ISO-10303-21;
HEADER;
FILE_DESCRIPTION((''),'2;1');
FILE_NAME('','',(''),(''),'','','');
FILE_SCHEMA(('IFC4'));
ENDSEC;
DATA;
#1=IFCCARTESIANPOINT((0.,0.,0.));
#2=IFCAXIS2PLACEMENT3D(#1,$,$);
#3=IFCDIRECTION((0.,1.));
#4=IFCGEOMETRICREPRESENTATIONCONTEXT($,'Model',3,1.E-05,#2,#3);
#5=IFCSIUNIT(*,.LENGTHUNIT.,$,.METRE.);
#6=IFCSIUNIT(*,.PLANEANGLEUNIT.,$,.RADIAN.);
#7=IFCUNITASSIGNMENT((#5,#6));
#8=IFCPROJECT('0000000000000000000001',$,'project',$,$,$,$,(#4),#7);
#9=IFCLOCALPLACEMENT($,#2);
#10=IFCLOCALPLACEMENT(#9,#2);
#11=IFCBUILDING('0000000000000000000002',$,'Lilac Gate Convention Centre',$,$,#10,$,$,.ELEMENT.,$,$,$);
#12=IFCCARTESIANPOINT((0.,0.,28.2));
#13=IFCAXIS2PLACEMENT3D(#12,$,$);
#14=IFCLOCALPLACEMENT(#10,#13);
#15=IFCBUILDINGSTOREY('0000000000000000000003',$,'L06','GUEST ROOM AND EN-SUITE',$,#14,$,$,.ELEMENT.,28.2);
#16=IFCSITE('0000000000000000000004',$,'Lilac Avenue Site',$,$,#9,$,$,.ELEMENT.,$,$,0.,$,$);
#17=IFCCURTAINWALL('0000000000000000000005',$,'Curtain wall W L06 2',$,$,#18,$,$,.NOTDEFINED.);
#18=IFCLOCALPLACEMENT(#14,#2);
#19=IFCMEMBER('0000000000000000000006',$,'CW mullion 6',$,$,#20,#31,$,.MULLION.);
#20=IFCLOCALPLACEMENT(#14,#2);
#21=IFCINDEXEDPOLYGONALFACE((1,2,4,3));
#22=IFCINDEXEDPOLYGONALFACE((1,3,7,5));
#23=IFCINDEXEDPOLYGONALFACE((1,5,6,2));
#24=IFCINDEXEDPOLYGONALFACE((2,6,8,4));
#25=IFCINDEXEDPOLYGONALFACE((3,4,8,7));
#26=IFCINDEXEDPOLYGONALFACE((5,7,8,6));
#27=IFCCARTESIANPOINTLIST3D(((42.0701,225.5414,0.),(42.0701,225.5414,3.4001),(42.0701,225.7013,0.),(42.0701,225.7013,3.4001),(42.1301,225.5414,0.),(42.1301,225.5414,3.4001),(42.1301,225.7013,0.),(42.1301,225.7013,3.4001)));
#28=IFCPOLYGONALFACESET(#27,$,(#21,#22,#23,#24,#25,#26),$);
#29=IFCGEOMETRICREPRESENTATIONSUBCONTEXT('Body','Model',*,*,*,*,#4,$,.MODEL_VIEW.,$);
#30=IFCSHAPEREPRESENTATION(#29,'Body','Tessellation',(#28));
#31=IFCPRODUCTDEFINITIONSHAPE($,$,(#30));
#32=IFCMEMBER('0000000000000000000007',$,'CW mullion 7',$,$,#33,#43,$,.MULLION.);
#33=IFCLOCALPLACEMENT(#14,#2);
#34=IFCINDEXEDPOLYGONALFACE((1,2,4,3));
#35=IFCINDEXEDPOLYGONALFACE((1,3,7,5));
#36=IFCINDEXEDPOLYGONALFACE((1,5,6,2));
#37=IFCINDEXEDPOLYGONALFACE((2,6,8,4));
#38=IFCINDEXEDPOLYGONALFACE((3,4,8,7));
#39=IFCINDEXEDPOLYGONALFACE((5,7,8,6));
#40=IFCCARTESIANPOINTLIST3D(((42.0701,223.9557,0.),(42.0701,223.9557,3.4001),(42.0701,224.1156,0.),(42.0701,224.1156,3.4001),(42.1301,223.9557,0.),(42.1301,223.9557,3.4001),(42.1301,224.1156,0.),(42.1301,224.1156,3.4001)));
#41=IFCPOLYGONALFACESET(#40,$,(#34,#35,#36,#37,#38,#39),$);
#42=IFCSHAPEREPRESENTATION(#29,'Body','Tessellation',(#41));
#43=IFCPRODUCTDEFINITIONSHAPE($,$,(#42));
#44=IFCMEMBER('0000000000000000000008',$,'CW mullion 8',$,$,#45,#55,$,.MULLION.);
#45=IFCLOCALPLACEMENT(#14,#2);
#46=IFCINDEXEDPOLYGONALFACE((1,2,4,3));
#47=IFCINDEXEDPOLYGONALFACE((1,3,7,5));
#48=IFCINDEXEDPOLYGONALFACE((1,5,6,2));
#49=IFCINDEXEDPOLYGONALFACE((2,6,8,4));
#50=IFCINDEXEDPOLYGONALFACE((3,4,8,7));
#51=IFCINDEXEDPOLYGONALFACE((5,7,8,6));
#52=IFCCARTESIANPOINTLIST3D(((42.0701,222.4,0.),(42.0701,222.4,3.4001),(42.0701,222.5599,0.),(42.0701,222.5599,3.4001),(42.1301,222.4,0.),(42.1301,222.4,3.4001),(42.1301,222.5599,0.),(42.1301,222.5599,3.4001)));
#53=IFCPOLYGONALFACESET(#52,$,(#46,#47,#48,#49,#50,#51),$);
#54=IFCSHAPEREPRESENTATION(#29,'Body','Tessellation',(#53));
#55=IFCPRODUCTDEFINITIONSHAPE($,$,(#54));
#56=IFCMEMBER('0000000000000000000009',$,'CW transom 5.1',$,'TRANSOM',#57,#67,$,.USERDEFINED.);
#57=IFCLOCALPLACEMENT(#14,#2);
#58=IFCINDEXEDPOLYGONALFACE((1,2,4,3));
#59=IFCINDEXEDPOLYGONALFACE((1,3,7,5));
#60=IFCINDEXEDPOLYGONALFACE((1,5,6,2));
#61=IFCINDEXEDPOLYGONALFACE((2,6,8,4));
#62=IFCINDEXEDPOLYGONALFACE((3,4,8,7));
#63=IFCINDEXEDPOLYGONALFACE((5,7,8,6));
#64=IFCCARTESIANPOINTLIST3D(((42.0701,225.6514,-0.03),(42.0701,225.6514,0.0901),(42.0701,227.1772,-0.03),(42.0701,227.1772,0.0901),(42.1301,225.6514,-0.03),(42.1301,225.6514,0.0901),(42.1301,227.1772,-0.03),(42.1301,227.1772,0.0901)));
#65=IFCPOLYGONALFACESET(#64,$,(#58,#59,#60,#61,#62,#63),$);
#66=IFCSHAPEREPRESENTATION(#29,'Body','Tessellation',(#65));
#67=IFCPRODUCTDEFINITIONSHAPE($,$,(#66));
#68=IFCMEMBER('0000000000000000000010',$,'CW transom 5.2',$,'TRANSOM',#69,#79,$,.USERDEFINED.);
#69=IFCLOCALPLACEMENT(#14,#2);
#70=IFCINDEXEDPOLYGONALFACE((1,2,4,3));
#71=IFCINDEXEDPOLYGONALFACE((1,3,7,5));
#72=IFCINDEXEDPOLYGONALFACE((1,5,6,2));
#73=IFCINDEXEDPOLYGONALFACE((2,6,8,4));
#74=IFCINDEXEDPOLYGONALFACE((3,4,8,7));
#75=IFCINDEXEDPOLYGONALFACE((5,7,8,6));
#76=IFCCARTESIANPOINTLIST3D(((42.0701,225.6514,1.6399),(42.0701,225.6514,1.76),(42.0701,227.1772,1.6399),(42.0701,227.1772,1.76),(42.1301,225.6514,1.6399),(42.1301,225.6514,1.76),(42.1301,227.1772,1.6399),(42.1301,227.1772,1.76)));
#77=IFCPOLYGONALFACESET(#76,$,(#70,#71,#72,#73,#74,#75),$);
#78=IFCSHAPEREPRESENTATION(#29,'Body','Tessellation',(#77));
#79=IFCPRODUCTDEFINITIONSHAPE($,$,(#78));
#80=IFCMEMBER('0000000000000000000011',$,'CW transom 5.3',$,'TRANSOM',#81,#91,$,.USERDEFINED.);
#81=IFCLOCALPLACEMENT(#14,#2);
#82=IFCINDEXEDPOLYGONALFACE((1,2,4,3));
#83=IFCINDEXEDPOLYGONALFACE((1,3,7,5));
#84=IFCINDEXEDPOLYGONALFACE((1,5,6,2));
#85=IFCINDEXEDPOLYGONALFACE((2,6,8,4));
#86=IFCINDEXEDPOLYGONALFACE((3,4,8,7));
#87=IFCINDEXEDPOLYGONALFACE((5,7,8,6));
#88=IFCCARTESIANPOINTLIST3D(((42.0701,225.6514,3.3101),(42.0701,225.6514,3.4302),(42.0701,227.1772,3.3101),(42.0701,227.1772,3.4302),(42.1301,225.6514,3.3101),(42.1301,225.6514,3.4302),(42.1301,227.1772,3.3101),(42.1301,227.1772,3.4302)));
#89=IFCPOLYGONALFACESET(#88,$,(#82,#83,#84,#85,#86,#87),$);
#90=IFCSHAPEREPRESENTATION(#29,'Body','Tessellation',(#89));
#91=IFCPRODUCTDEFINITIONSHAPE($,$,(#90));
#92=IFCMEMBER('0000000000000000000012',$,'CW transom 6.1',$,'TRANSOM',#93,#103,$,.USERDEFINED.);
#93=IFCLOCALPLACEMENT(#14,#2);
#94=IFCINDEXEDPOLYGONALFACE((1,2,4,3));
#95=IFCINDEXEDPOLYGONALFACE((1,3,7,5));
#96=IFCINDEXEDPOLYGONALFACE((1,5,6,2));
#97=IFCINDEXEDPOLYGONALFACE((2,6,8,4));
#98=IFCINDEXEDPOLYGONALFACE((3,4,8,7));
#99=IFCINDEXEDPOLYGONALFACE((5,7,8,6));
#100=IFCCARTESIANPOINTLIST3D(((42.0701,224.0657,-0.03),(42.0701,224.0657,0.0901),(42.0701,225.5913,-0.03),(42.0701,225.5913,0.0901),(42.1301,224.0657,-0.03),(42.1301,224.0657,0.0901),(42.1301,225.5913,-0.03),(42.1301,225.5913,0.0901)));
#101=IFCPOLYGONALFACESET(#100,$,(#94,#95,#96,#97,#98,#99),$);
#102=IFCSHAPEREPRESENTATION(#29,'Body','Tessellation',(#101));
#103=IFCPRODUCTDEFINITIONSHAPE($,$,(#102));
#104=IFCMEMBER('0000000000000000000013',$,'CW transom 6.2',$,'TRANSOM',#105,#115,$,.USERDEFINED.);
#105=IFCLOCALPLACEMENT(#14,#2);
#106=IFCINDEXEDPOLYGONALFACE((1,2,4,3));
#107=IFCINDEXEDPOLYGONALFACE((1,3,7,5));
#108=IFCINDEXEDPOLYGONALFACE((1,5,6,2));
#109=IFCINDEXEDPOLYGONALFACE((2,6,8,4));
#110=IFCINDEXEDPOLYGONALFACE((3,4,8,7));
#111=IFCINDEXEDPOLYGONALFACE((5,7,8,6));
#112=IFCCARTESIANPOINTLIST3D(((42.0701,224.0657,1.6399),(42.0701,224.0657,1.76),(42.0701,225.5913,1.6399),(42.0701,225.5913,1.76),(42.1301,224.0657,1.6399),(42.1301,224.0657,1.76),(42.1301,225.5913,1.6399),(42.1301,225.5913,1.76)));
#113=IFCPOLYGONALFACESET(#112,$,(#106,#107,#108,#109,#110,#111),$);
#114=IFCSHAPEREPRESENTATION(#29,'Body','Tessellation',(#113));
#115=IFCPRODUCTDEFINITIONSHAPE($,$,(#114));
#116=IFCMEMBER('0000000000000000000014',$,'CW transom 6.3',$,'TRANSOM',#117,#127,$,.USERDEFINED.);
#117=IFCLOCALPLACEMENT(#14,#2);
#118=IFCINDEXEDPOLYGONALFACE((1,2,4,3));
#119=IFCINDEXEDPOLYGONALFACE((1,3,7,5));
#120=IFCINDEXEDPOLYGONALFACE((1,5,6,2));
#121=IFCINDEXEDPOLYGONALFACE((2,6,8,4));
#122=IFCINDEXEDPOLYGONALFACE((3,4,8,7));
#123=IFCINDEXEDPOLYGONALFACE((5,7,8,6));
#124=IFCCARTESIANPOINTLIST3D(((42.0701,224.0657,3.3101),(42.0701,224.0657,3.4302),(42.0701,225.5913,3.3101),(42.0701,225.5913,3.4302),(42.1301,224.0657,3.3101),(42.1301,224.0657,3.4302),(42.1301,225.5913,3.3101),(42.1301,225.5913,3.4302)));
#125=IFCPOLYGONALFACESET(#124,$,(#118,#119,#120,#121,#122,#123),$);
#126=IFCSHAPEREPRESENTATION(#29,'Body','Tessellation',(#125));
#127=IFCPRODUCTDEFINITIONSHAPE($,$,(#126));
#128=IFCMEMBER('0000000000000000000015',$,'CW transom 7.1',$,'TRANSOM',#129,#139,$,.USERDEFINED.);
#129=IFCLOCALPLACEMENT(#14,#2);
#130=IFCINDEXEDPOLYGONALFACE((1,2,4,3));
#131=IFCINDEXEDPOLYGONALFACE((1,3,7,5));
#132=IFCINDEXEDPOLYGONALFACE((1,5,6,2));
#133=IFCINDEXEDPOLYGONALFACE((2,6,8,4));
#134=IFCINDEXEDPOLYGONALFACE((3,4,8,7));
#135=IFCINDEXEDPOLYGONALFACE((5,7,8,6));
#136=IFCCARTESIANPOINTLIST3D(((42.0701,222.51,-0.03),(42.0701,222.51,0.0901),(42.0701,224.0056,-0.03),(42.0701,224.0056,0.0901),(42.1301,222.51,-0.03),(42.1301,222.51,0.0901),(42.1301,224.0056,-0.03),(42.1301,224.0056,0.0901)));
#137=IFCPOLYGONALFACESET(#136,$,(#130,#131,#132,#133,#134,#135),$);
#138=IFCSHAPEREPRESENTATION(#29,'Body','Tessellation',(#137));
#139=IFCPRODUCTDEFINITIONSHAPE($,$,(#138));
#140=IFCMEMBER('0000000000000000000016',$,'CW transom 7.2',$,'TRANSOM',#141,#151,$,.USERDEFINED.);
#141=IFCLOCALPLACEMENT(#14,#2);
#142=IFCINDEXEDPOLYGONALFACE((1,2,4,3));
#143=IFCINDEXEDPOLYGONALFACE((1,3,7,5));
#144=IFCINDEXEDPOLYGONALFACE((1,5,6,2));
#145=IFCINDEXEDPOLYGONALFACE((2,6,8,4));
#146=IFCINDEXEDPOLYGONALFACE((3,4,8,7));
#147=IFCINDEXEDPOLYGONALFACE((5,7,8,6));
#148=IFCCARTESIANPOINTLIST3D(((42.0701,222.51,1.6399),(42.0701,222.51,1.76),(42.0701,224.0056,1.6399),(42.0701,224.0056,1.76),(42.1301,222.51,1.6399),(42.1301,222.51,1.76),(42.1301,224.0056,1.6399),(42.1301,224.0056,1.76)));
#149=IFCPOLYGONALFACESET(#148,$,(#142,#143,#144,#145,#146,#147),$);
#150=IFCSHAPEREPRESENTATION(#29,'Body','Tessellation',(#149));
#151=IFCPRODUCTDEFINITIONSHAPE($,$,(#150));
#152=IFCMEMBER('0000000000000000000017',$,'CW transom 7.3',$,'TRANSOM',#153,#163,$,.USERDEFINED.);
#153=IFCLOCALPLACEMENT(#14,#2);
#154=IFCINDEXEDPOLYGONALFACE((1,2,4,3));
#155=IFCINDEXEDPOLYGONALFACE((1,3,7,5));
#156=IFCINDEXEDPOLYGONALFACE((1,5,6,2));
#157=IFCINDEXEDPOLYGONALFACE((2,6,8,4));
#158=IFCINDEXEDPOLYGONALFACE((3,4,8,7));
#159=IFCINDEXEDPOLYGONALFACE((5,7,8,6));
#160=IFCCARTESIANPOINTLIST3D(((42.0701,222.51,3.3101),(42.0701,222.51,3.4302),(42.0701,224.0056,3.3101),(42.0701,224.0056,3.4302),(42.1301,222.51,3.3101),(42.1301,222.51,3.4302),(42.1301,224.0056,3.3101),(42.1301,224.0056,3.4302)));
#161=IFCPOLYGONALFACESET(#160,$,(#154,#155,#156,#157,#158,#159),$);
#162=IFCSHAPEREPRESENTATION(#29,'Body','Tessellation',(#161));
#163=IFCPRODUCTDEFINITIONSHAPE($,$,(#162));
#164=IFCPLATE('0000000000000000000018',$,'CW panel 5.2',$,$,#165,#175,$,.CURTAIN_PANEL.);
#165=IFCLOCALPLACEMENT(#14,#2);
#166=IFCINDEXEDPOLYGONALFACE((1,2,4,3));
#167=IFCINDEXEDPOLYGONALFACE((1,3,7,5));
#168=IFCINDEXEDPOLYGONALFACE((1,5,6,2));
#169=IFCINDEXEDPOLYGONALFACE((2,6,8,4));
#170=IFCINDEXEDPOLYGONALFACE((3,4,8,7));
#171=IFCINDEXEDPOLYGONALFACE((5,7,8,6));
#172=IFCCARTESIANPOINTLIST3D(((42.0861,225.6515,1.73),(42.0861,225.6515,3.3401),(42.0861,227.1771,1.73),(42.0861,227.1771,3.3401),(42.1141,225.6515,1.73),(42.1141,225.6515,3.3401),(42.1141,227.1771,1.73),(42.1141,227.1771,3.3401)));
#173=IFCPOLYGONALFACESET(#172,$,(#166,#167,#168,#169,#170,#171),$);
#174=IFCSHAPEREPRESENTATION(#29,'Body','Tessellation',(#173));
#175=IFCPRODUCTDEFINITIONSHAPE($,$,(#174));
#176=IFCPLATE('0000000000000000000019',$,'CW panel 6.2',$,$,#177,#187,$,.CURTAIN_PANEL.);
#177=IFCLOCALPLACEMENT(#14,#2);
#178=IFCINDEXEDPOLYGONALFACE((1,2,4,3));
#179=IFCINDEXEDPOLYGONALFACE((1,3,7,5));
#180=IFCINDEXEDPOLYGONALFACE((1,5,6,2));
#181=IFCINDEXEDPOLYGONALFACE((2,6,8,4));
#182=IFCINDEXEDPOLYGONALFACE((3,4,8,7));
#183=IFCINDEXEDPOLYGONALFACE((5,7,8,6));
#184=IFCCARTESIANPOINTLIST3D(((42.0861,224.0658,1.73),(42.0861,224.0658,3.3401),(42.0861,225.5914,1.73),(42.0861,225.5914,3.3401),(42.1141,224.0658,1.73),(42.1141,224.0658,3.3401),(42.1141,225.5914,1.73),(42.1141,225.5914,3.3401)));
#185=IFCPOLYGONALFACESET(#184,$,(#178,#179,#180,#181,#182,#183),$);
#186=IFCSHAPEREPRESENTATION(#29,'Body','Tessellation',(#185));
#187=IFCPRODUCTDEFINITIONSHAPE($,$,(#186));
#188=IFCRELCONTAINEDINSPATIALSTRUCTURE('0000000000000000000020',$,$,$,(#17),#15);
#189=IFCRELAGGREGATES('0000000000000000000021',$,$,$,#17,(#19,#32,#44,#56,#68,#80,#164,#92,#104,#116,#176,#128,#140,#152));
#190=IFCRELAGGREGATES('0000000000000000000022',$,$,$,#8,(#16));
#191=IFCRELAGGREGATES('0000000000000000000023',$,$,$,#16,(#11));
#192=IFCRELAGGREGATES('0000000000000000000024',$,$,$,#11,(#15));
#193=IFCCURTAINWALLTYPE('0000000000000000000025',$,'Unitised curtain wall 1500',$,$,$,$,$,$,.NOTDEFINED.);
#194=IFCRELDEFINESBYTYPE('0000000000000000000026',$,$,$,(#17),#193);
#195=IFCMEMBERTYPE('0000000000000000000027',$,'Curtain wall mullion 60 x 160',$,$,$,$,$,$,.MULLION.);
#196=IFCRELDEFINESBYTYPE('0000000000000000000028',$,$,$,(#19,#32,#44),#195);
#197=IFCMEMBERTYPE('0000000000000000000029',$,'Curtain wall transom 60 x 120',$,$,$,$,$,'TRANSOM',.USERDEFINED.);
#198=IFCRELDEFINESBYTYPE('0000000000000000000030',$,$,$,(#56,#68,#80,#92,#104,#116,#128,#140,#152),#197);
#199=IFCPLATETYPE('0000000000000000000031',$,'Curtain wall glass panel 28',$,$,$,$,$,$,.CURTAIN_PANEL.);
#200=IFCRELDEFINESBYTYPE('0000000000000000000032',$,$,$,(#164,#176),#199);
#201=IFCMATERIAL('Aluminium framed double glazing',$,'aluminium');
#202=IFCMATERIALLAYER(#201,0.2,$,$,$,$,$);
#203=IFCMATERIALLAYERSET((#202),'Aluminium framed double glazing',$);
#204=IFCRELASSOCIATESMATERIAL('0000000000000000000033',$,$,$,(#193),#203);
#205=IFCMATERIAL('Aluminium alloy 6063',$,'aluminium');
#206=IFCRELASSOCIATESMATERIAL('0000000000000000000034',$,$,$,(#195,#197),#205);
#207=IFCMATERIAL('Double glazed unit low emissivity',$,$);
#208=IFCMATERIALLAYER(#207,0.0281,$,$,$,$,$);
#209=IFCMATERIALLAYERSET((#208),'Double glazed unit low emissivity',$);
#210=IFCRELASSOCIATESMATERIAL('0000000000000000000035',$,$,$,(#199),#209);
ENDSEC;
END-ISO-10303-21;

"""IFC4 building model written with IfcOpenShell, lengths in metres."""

from ifc_helpers import new_model, si_unit, direction, frame, origin, origin_2d, place, context, subcontext, project, spatial, rectangle, extrude, material, layer, layer_set, material_profile, profile_set, type_object, element, aggregate, save


model = new_model("IFC4")

# Units and contexts
model_context = context("Model", 3, precision=1e-05, world=origin(), true_north=direction((0.0, 1.0)))
body_context = subcontext(model_context, "Body", "Model", "MODEL_VIEW")
ifc_project = project(units=[si_unit("LENGTHUNIT", "METRE"), si_unit("PLANEANGLEUNIT", "RADIAN")], contexts=[model_context])

# Site, building, storey
site_placement = place(None, origin())
site = spatial("IfcSite", under=ifc_project, at=site_placement, Name="Lilac Avenue Site", CompositionType="ELEMENT", RefElevation=0.0)
building_placement = place(site_placement, origin())
building = spatial("IfcBuilding", under=site, at=building_placement, Name="Lilac Gate Convention Centre", CompositionType="ELEMENT")
storey_placement = place(building_placement, frame((0.0, 0.0, 28.2)))
storey = spatial("IfcBuildingStorey", under=building, at=storey_placement, Name="L06", Description="GUEST ROOM AND EN-SUITE", CompositionType="ELEMENT", Elevation=28.2)

# Curtain wall, members, plates
ifc_material_1 = material(Name="Aluminium framed double glazing", Category="aluminium")
ifc_layer_1 = layer(ifc_material_1, 0.2)
ifc_layer_set_1 = layer_set([ifc_layer_1], Name="Aluminium framed double glazing")
curtain_wall_type = type_object("IfcCurtainWallType", Name="Unitised curtain wall 1500", PredefinedType="NOTDEFINED", material=ifc_layer_set_1)
curtain_wall_placement = place(storey_placement, origin())
curtain_wall = element("IfcCurtainWall", 1, at=curtain_wall_placement, inside=storey, type_object=curtain_wall_type, Name="Curtain wall W L06 2", PredefinedType="NOTDEFINED")
ifc_material_2 = material(Name="Aluminium alloy 6063", Category="aluminium")
ifc_material_profile_1 = material_profile(ifc_material_2, rectangle(XDim=0.0601, YDim=0.1599, at=origin_2d()), Name="Curtain wall mullion 60 x 160")
ifc_profile_set_1 = profile_set([ifc_material_profile_1], Name="Aluminium alloy 6063")
member_type_1 = type_object("IfcMemberType", Name="Curtain wall mullion 60 x 160", PredefinedType="MULLION", material=ifc_profile_set_1)
member_1_placement = place(storey_placement, frame((42.1001, 225.6213, 0.0), z_axis=(0.0, 0.0, 1.0), x_axis=(1.0, 0.0, 0.0)))
member_1 = element("IfcMember", 2, at=member_1_placement, type_object=member_type_1, Name="CW mullion 6", PredefinedType="MULLION", context=body_context, shape_type="SweptSolid", body=[
    extrude(rectangle(XDim=0.0601, YDim=0.1599, at=origin_2d()), origin(), (0.0, 0.0, 1.0), 3.4001),
])
member_2_placement = place(storey_placement, frame((42.1001, 224.0356, 0.0), z_axis=(0.0, 0.0, 1.0), x_axis=(1.0, 0.0, 0.0)))
member_2 = element("IfcMember", 3, at=member_2_placement, type_object=member_type_1, Name="CW mullion 7", PredefinedType="MULLION", context=body_context, shape_type="SweptSolid", body=[
    extrude(rectangle(XDim=0.0601, YDim=0.1599, at=origin_2d()), origin(), (0.0, 0.0, 1.0), 3.4001),
])
member_3_placement = place(storey_placement, frame((42.1001, 222.48, 0.0), z_axis=(0.0, 0.0, 1.0), x_axis=(1.0, 0.0, 0.0)))
member_3 = element("IfcMember", 4, at=member_3_placement, type_object=member_type_1, Name="CW mullion 8", PredefinedType="MULLION", context=body_context, shape_type="SweptSolid", body=[
    extrude(rectangle(XDim=0.0601, YDim=0.1599, at=origin_2d()), origin(), (0.0, 0.0, 1.0), 3.4001),
])
ifc_material_profile_2 = material_profile(ifc_material_2, rectangle(XDim=0.0601, YDim=0.1201, at=origin_2d()), Name="Curtain wall transom 60 x 120")
ifc_profile_set_2 = profile_set([ifc_material_profile_2], Name="Aluminium alloy 6063")
member_type_2 = type_object("IfcMemberType", Name="Curtain wall transom 60 x 120", ElementType="TRANSOM", PredefinedType="USERDEFINED", material=ifc_profile_set_2)
member_4_placement = place(storey_placement, frame((42.1001, 227.1772, 0.03), z_axis=(0.0, -1.0, 0.0), x_axis=(1.0, 0.0, 0.0)))
member_4 = element("IfcMember", 5, at=member_4_placement, type_object=member_type_2, Name="CW transom 5.1", ObjectType="TRANSOM", PredefinedType="USERDEFINED", context=body_context, shape_type="SweptSolid", body=[
    extrude(rectangle(XDim=0.0601, YDim=0.1201, at=origin_2d()), origin(), (0.0, 0.0, 1.0), 1.5259),
])
member_5_placement = place(storey_placement, frame((42.1001, 227.1772, 1.7), z_axis=(0.0, -1.0, 0.0), x_axis=(1.0, 0.0, 0.0)))
member_5 = element("IfcMember", 6, at=member_5_placement, type_object=member_type_2, Name="CW transom 5.2", ObjectType="TRANSOM", PredefinedType="USERDEFINED", context=body_context, shape_type="SweptSolid", body=[
    extrude(rectangle(XDim=0.0601, YDim=0.1201, at=origin_2d()), origin(), (0.0, 0.0, 1.0), 1.5259),
])
member_6_placement = place(storey_placement, frame((42.1001, 227.1772, 3.3701), z_axis=(0.0, -1.0, 0.0), x_axis=(1.0, 0.0, 0.0)))
member_6 = element("IfcMember", 7, at=member_6_placement, type_object=member_type_2, Name="CW transom 5.3", ObjectType="TRANSOM", PredefinedType="USERDEFINED", context=body_context, shape_type="SweptSolid", body=[
    extrude(rectangle(XDim=0.0601, YDim=0.1201, at=origin_2d()), origin(), (0.0, 0.0, 1.0), 1.5259),
])
member_7_placement = place(storey_placement, frame((42.1001, 225.5913, 0.03), z_axis=(0.0, -1.0, 0.0), x_axis=(1.0, 0.0, 0.0)))
member_7 = element("IfcMember", 8, at=member_7_placement, type_object=member_type_2, Name="CW transom 6.1", ObjectType="TRANSOM", PredefinedType="USERDEFINED", context=body_context, shape_type="SweptSolid", body=[
    extrude(rectangle(XDim=0.0601, YDim=0.1201, at=origin_2d()), origin(), (0.0, 0.0, 1.0), 1.5256),
])
member_8_placement = place(storey_placement, frame((42.1001, 225.5913, 1.7), z_axis=(0.0, -1.0, 0.0), x_axis=(1.0, 0.0, 0.0)))
member_8 = element("IfcMember", 9, at=member_8_placement, type_object=member_type_2, Name="CW transom 6.2", ObjectType="TRANSOM", PredefinedType="USERDEFINED", context=body_context, shape_type="SweptSolid", body=[
    extrude(rectangle(XDim=0.0601, YDim=0.1201, at=origin_2d()), origin(), (0.0, 0.0, 1.0), 1.5256),
])
member_9_placement = place(storey_placement, frame((42.1001, 225.5913, 3.3701), z_axis=(0.0, -1.0, 0.0), x_axis=(1.0, 0.0, 0.0)))
member_9 = element("IfcMember", 10, at=member_9_placement, type_object=member_type_2, Name="CW transom 6.3", ObjectType="TRANSOM", PredefinedType="USERDEFINED", context=body_context, shape_type="SweptSolid", body=[
    extrude(rectangle(XDim=0.0601, YDim=0.1201, at=origin_2d()), origin(), (0.0, 0.0, 1.0), 1.5256),
])
member_10_placement = place(storey_placement, frame((42.1001, 224.0056, 0.03), z_axis=(0.0, -1.0, 0.0), x_axis=(1.0, 0.0, 0.0)))
member_10 = element("IfcMember", 11, at=member_10_placement, type_object=member_type_2, Name="CW transom 7.1", ObjectType="TRANSOM", PredefinedType="USERDEFINED", context=body_context, shape_type="SweptSolid", body=[
    extrude(rectangle(XDim=0.0601, YDim=0.1201, at=origin_2d()), origin(), (0.0, 0.0, 1.0), 1.4956),
])
member_11_placement = place(storey_placement, frame((42.1001, 224.0056, 1.7), z_axis=(0.0, -1.0, 0.0), x_axis=(1.0, 0.0, 0.0)))
member_11 = element("IfcMember", 12, at=member_11_placement, type_object=member_type_2, Name="CW transom 7.2", ObjectType="TRANSOM", PredefinedType="USERDEFINED", context=body_context, shape_type="SweptSolid", body=[
    extrude(rectangle(XDim=0.0601, YDim=0.1201, at=origin_2d()), origin(), (0.0, 0.0, 1.0), 1.4956),
])
member_12_placement = place(storey_placement, frame((42.1001, 224.0056, 3.3701), z_axis=(0.0, -1.0, 0.0), x_axis=(1.0, 0.0, 0.0)))
member_12 = element("IfcMember", 13, at=member_12_placement, type_object=member_type_2, Name="CW transom 7.3", ObjectType="TRANSOM", PredefinedType="USERDEFINED", context=body_context, shape_type="SweptSolid", body=[
    extrude(rectangle(XDim=0.0601, YDim=0.1201, at=origin_2d()), origin(), (0.0, 0.0, 1.0), 1.4956),
])
ifc_material_3 = material(Name="Double glazed unit low emissivity")
ifc_layer_2 = layer(ifc_material_3, 0.0281)
ifc_layer_set_2 = layer_set([ifc_layer_2], Name="Double glazed unit low emissivity")
plate_type_1 = type_object("IfcPlateType", Name="Curtain wall glass panel 28", PredefinedType="CURTAIN_PANEL", material=ifc_layer_set_2)
plate_1_placement = place(storey_placement, frame((42.1001, 226.4143, 1.73), z_axis=(0.0, 0.0, 1.0), x_axis=(0.0, -1.0, 0.0)))
plate_1 = element("IfcPlate", 14, at=plate_1_placement, type_object=plate_type_1, Name="CW panel 5.2", PredefinedType="CURTAIN_PANEL", context=body_context, shape_type="SweptSolid", body=[
    extrude(rectangle(XDim=1.5256, YDim=0.0281, at=origin_2d()), origin(), (0.0, 0.0, 1.0), 1.6101),
])
plate_2_placement = place(storey_placement, frame((42.1001, 224.8286, 1.73), z_axis=(0.0, 0.0, 1.0), x_axis=(0.0, -1.0, 0.0)))
plate_2 = element("IfcPlate", 15, at=plate_2_placement, type_object=plate_type_1, Name="CW panel 6.2", PredefinedType="CURTAIN_PANEL", context=body_context, shape_type="SweptSolid", body=[
    extrude(rectangle(XDim=1.5256, YDim=0.0281, at=origin_2d()), origin(), (0.0, 0.0, 1.0), 1.6101),
])
aggregate(curtain_wall, [member_1, member_2, member_3, member_4, member_5, member_6, plate_1, member_7, member_8, member_9, plate_2, member_10, member_11, member_12])

save(model, "model.ifc")
